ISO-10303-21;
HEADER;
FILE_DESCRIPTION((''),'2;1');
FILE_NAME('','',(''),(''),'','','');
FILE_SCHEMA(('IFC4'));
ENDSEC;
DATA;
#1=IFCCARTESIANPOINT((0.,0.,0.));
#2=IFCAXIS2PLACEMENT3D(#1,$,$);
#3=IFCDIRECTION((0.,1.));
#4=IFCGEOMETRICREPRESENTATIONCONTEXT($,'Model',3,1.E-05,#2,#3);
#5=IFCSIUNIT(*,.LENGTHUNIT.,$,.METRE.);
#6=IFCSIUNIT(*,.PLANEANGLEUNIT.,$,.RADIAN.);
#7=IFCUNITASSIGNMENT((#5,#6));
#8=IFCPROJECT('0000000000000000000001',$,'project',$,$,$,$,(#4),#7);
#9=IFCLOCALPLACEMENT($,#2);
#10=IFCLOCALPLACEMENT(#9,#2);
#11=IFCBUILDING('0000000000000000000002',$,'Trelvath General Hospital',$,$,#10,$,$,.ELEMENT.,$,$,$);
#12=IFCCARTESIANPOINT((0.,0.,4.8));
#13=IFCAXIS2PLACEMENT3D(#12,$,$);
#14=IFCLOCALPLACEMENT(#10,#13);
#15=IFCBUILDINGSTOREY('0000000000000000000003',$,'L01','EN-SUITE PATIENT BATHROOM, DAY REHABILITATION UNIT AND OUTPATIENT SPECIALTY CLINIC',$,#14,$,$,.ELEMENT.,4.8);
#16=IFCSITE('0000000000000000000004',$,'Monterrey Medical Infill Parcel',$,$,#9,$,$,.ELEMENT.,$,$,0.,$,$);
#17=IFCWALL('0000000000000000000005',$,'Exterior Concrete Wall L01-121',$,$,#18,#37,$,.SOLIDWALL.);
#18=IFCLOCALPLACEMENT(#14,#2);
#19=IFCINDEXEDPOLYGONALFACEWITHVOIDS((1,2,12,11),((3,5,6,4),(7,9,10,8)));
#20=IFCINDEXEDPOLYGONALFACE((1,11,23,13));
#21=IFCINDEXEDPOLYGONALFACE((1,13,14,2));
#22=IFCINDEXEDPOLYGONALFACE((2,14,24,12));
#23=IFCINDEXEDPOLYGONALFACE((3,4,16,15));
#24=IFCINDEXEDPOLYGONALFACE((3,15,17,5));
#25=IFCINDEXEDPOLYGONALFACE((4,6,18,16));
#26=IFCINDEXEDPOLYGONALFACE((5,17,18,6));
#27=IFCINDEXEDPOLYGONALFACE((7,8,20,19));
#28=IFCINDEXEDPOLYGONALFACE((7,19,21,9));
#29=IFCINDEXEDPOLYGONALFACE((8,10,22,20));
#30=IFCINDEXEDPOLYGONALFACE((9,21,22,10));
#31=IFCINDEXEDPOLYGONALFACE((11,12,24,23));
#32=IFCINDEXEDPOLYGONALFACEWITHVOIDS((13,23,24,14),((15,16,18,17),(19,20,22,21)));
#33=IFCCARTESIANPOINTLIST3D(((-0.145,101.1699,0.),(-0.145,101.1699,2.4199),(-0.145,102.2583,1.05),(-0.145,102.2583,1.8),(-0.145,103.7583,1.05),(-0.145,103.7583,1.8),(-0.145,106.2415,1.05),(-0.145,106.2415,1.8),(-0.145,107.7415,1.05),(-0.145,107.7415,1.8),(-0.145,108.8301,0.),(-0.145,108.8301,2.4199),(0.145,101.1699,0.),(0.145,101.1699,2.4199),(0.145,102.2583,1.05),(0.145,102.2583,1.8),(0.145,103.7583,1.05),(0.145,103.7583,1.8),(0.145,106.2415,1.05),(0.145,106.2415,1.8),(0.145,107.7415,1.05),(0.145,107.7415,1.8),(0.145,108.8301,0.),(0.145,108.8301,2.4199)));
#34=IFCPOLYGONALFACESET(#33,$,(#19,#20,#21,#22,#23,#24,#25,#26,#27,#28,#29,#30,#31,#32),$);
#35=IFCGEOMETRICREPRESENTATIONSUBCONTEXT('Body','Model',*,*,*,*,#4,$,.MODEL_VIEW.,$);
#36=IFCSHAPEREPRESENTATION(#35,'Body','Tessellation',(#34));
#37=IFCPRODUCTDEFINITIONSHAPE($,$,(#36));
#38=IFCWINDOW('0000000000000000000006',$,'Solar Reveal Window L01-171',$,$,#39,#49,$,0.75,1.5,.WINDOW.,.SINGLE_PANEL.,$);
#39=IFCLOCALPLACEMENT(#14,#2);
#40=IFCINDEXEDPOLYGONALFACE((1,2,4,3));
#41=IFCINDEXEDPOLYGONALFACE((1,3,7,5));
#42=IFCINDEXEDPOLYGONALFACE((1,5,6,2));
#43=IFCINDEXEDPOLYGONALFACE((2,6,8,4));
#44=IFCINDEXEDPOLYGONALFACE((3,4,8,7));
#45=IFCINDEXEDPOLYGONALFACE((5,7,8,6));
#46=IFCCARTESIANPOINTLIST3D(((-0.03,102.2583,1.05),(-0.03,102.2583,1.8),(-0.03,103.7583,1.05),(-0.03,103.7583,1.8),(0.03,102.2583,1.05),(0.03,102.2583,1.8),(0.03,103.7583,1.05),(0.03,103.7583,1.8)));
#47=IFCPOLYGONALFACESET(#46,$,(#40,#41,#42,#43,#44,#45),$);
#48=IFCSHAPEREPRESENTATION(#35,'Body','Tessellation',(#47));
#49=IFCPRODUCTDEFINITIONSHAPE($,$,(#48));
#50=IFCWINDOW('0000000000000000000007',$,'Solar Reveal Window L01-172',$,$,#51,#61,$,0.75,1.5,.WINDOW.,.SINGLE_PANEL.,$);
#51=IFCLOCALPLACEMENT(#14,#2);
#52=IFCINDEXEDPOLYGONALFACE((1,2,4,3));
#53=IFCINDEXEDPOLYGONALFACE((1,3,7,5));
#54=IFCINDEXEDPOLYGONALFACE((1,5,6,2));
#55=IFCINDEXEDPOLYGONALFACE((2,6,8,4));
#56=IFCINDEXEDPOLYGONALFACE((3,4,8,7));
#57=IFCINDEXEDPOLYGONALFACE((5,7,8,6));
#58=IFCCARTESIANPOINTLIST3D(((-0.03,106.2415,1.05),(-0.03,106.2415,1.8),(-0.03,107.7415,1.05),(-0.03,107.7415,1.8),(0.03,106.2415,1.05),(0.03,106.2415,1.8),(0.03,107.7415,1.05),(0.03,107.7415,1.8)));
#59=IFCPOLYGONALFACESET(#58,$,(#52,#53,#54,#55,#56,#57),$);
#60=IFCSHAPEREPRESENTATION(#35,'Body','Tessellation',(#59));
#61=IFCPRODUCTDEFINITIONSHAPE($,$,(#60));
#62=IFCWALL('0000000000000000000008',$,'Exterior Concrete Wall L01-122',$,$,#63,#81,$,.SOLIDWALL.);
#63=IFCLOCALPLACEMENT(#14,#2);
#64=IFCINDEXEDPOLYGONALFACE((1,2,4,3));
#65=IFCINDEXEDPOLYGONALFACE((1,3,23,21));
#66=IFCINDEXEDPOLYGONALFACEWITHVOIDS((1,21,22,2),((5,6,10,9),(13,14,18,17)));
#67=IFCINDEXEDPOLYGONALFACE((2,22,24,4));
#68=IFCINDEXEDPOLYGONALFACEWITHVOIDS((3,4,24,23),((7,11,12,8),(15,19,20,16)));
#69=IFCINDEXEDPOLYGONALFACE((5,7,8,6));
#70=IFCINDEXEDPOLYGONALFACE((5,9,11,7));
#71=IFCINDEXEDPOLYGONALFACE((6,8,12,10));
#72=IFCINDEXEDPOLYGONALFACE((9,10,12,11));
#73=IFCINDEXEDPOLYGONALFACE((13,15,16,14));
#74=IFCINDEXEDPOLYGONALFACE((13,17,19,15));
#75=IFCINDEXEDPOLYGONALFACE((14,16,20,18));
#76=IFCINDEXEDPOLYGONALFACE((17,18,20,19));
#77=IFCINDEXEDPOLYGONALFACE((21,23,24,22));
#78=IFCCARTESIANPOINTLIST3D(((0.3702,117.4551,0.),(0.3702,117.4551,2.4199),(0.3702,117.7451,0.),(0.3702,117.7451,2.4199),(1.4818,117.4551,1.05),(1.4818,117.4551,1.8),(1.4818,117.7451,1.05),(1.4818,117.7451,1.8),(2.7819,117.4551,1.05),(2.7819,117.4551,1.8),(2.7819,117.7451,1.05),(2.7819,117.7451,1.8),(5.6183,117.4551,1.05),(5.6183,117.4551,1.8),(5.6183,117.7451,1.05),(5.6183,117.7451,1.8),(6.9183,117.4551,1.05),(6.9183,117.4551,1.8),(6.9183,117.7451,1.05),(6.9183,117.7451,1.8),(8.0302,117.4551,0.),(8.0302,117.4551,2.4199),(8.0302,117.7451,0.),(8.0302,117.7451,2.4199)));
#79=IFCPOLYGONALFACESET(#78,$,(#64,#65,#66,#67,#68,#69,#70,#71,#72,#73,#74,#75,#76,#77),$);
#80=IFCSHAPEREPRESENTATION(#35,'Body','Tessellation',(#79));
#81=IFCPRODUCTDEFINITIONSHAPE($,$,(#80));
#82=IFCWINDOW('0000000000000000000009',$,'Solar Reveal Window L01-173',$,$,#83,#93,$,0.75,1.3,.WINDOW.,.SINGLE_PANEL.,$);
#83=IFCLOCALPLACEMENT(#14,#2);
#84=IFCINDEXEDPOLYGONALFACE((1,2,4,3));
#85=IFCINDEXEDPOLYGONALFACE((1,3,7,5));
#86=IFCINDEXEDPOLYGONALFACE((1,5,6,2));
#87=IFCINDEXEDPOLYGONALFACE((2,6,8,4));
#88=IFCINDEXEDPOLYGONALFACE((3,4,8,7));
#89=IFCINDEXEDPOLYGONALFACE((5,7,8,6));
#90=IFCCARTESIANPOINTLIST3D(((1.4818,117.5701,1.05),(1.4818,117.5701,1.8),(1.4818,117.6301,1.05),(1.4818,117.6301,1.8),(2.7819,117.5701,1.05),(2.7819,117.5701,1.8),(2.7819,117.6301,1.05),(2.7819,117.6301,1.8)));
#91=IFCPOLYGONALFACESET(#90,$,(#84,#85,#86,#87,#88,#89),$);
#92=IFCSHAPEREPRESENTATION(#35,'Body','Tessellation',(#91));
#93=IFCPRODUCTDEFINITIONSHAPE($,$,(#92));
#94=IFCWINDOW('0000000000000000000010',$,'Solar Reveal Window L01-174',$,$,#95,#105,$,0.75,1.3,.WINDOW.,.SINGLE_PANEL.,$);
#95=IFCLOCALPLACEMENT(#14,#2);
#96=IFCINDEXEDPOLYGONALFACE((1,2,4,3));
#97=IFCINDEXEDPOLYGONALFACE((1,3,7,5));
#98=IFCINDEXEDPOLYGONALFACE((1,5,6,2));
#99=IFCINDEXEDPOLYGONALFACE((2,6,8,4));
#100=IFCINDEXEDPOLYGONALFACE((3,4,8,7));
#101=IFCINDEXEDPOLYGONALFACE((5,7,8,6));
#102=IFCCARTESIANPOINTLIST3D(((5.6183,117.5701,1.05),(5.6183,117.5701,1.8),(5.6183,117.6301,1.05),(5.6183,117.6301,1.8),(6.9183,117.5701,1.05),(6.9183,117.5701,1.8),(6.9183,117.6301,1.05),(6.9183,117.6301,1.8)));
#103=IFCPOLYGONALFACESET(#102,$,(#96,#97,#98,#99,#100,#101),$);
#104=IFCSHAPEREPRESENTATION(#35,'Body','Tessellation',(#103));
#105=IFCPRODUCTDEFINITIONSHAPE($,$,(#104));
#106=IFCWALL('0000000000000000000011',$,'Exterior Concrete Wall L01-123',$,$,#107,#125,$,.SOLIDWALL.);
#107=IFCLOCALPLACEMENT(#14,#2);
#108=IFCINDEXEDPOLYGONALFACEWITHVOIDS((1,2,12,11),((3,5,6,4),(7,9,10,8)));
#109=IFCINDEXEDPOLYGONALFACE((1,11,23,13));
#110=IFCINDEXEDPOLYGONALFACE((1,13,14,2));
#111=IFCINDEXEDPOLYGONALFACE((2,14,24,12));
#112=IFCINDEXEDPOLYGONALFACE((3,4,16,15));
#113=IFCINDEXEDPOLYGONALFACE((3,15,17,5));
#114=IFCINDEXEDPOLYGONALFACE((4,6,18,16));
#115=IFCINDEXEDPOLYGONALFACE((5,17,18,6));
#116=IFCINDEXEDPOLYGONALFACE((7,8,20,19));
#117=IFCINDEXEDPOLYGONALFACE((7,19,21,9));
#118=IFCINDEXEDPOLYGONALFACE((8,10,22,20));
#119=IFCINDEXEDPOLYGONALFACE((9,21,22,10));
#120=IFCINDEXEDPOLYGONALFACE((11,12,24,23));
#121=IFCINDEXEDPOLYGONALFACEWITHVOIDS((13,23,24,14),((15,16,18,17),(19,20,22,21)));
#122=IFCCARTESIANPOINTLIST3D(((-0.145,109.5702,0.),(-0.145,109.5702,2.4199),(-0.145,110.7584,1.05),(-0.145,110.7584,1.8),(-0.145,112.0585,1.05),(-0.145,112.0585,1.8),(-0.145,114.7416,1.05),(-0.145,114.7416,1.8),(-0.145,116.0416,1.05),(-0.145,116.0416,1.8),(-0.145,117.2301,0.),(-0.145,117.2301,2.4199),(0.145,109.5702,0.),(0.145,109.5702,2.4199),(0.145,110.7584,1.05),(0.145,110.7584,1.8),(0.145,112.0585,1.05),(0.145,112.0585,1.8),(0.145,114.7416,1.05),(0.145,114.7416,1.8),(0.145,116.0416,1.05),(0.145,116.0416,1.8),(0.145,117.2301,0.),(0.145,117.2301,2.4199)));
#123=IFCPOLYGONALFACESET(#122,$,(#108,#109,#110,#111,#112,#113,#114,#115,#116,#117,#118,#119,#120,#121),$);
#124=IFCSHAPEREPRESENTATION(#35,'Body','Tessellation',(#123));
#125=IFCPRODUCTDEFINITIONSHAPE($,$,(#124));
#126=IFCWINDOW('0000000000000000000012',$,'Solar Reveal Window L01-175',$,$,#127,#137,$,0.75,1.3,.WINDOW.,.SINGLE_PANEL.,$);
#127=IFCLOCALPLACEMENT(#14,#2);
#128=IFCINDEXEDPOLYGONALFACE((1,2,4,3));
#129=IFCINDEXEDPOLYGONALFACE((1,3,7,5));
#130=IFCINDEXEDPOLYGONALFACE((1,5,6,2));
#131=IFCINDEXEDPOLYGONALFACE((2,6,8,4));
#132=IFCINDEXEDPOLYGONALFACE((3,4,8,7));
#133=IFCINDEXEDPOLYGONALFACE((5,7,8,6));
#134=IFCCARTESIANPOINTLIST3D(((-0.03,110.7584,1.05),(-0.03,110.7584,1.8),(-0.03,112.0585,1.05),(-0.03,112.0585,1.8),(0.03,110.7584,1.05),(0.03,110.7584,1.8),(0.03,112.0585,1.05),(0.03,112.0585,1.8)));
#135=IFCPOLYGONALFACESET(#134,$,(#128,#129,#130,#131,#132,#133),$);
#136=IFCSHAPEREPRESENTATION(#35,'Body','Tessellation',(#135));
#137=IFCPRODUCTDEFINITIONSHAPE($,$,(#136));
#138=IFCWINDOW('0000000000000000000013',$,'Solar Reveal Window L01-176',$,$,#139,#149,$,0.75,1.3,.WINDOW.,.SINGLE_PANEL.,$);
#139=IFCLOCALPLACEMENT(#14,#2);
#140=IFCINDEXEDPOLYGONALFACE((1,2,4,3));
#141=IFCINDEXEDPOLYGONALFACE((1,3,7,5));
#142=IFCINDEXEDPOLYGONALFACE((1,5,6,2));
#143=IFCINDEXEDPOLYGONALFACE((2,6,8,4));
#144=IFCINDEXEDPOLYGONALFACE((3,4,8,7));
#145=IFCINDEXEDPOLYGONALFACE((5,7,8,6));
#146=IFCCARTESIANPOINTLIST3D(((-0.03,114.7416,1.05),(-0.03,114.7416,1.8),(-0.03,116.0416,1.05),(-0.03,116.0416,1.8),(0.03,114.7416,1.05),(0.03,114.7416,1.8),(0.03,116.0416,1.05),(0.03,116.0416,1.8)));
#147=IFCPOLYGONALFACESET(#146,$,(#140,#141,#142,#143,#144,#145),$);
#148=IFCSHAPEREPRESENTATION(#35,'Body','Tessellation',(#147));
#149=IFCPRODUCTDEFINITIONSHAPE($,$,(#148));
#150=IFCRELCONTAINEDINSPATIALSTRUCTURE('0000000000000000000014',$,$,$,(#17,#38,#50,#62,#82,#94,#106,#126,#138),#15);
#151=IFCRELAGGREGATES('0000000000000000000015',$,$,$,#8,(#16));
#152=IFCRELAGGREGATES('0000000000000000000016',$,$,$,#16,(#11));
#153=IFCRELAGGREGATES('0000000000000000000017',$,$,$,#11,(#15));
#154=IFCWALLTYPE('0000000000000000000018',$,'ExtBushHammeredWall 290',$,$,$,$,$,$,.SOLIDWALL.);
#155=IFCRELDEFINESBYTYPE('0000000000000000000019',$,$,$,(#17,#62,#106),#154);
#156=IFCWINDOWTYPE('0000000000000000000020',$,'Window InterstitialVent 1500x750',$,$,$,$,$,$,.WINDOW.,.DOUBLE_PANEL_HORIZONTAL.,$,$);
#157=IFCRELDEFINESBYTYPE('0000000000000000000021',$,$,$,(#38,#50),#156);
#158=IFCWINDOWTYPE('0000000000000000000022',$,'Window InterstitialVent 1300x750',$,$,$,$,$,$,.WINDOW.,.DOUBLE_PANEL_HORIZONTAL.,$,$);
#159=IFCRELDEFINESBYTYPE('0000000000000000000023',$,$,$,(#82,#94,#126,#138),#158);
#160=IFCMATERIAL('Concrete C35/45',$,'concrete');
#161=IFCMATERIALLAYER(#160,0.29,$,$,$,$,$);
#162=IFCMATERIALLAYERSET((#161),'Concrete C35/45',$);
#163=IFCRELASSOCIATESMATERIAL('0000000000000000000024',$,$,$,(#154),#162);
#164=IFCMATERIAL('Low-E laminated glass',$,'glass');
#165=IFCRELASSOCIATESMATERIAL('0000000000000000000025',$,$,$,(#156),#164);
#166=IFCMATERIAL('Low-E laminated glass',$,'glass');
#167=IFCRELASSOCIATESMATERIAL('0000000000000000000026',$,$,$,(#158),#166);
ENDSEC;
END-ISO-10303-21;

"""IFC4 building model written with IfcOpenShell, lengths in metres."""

from ifc_helpers import new_model, si_unit, direction, frame, frame_2d, origin, place, context, subcontext, project, spatial, rectangle, extrude, material, layer, layer_set, type_object, element, fill, save


model = new_model("IFC4")

# Units and contexts
model_context = context("Model", 3, precision=1e-05, world=origin(), true_north=direction((0.0, 1.0)))
body_context = subcontext(model_context, "Body", "Model", "MODEL_VIEW")
ifc_project = project(units=[si_unit("LENGTHUNIT", "METRE"), si_unit("PLANEANGLEUNIT", "RADIAN")], contexts=[model_context])

# Site, building, storey
site_placement = place(None, origin())
site = spatial("IfcSite", under=ifc_project, at=site_placement, Name="Monterrey Medical Infill Parcel", CompositionType="ELEMENT", RefElevation=0.0)
building_placement = place(site_placement, origin())
building = spatial("IfcBuilding", under=site, at=building_placement, Name="Trelvath General Hospital", CompositionType="ELEMENT")
storey_placement = place(building_placement, frame((0.0, 0.0, 4.8)))
storey = spatial("IfcBuildingStorey", under=building, at=storey_placement, Name="L01", Description="EN-SUITE PATIENT BATHROOM, DAY REHABILITATION UNIT AND OUTPATIENT SPECIALTY CLINIC", CompositionType="ELEMENT", Elevation=4.8)

# Walls, openings, windows
ifc_material_1 = material(Name="Concrete C35/45", Category="concrete")
ifc_layer_1 = layer(ifc_material_1, 0.29)
ifc_layer_set_1 = layer_set([ifc_layer_1], Name="Concrete C35/45")
wall_type_1 = type_object("IfcWallType", Name="ExtBushHammeredWall 290", PredefinedType="SOLIDWALL", material=ifc_layer_set_1)
wall_1_placement = place(storey_placement, frame((0.0, 101.1699, 0.0), z_axis=(0.0, 0.0, 1.0), x_axis=(0.0, 1.0, 0.0)))
wall_1 = element("IfcWall", 1, at=wall_1_placement, inside=storey, type_object=wall_type_1, Name="Exterior Concrete Wall L01-121", PredefinedType="SOLIDWALL", context=body_context, shape_type="SweptSolid", body=[
    extrude(rectangle(XDim=7.6602, YDim=0.29, at=frame_2d((3.8301, 0.0))), origin(), (0.0, 0.0, 1.0), 2.4199),
])
opening_1_placement = place(wall_1_placement, frame((1.0884, 0.0, 1.05)))
opening_1 = element("IfcOpeningElement", 2, at=opening_1_placement, cuts=wall_1, PredefinedType="OPENING", context=body_context, shape_type="SweptSolid", body=[
    extrude(rectangle(XDim=1.5, YDim=0.75, at=frame_2d((0.75, 0.375))), frame((0.0, 0.155, 0.0), z_axis=(0.0, -1.0, 0.0), x_axis=(1.0, 0.0, 0.0)), (0.0, 0.0, 1.0), 0.3101),
])
opening_2_placement = place(wall_1_placement, frame((5.0715, 0.0, 1.05)))
opening_2 = element("IfcOpeningElement", 3, at=opening_2_placement, cuts=wall_1, PredefinedType="OPENING", context=body_context, shape_type="SweptSolid", body=[
    extrude(rectangle(XDim=1.5, YDim=0.75, at=frame_2d((0.75, 0.375))), frame((0.0, 0.155, 0.0), z_axis=(0.0, -1.0, 0.0), x_axis=(1.0, 0.0, 0.0)), (0.0, 0.0, 1.0), 0.3101),
])
ifc_material_2 = material(Name="Low-E laminated glass", Category="glass")
window_type_1 = type_object("IfcWindowType", Name="Window InterstitialVent 1500x750", PartitioningType="DOUBLE_PANEL_HORIZONTAL", PredefinedType="WINDOW", material=ifc_material_2)
window_1_placement = place(opening_1_placement, origin())
window_1 = element("IfcWindow", 4, at=window_1_placement, inside=storey, type_object=window_type_1, Name="Solar Reveal Window L01-171", OverallHeight=0.75, OverallWidth=1.5, PartitioningType="SINGLE_PANEL", PredefinedType="WINDOW", context=body_context, shape_type="SweptSolid", body=[
    extrude(rectangle(XDim=1.5, YDim=0.75, at=frame_2d((0.75, 0.375))), frame((0.0, 0.03, 0.0), z_axis=(0.0, -1.0, 0.0), x_axis=(1.0, 0.0, 0.0)), (0.0, 0.0, 1.0), 0.0601),
])
fill(opening_1, window_1)
window_2_placement = place(opening_2_placement, origin())
window_2 = element("IfcWindow", 5, at=window_2_placement, inside=storey, type_object=window_type_1, Name="Solar Reveal Window L01-172", OverallHeight=0.75, OverallWidth=1.5, PartitioningType="SINGLE_PANEL", PredefinedType="WINDOW", context=body_context, shape_type="SweptSolid", body=[
    extrude(rectangle(XDim=1.5, YDim=0.75, at=frame_2d((0.75, 0.375))), frame((0.0, 0.03, 0.0), z_axis=(0.0, -1.0, 0.0), x_axis=(1.0, 0.0, 0.0)), (0.0, 0.0, 1.0), 0.0601),
])
fill(opening_2, window_2)
wall_2_placement = place(storey_placement, frame((0.3701, 117.6001, 0.0), z_axis=(0.0, 0.0, 1.0), x_axis=(1.0, 0.0, 0.0)))
wall_2 = element("IfcWall", 6, at=wall_2_placement, inside=storey, type_object=wall_type_1, Name="Exterior Concrete Wall L01-122", PredefinedType="SOLIDWALL", context=body_context, shape_type="SweptSolid", body=[
    extrude(rectangle(XDim=7.6599, YDim=0.29, at=frame_2d((3.8301, 0.0))), origin(), (0.0, 0.0, 1.0), 2.4199),
])
opening_3_placement = place(wall_2_placement, frame((1.1118, 0.0, 1.05)))
opening_3 = element("IfcOpeningElement", 7, at=opening_3_placement, cuts=wall_2, PredefinedType="OPENING", context=body_context, shape_type="SweptSolid", body=[
    extrude(rectangle(XDim=1.3, YDim=0.75, at=frame_2d((0.6499, 0.375))), frame((0.0, 0.155, 0.0), z_axis=(0.0, -1.0, 0.0), x_axis=(1.0, 0.0, 0.0)), (0.0, 0.0, 1.0), 0.3101),
])
opening_4_placement = place(wall_2_placement, frame((5.2483, 0.0, 1.05)))
opening_4 = element("IfcOpeningElement", 8, at=opening_4_placement, cuts=wall_2, PredefinedType="OPENING", context=body_context, shape_type="SweptSolid", body=[
    extrude(rectangle(XDim=1.3, YDim=0.75, at=frame_2d((0.6499, 0.375))), frame((0.0, 0.155, 0.0), z_axis=(0.0, -1.0, 0.0), x_axis=(1.0, 0.0, 0.0)), (0.0, 0.0, 1.0), 0.3101),
])
ifc_material_3 = material(Name="Low-E laminated glass", Category="glass")
window_type_2 = type_object("IfcWindowType", Name="Window InterstitialVent 1300x750", PartitioningType="DOUBLE_PANEL_HORIZONTAL", PredefinedType="WINDOW", material=ifc_material_3)
window_3_placement = place(opening_3_placement, origin())
window_3 = element("IfcWindow", 9, at=window_3_placement, inside=storey, type_object=window_type_2, Name="Solar Reveal Window L01-173", OverallHeight=0.75, OverallWidth=1.3, PartitioningType="SINGLE_PANEL", PredefinedType="WINDOW", context=body_context, shape_type="SweptSolid", body=[
    extrude(rectangle(XDim=1.3, YDim=0.75, at=frame_2d((0.6499, 0.375))), frame((0.0, 0.03, 0.0), z_axis=(0.0, -1.0, 0.0), x_axis=(1.0, 0.0, 0.0)), (0.0, 0.0, 1.0), 0.0601),
])
fill(opening_3, window_3)
window_4_placement = place(opening_4_placement, origin())
window_4 = element("IfcWindow", 10, at=window_4_placement, inside=storey, type_object=window_type_2, Name="Solar Reveal Window L01-174", OverallHeight=0.75, OverallWidth=1.3, PartitioningType="SINGLE_PANEL", PredefinedType="WINDOW", context=body_context, shape_type="SweptSolid", body=[
    extrude(rectangle(XDim=1.3, YDim=0.75, at=frame_2d((0.6499, 0.375))), frame((0.0, 0.03, 0.0), z_axis=(0.0, -1.0, 0.0), x_axis=(1.0, 0.0, 0.0)), (0.0, 0.0, 1.0), 0.0601),
])
fill(opening_4, window_4)
wall_3_placement = place(storey_placement, frame((0.0, 109.5701, 0.0), z_axis=(0.0, 0.0, 1.0), x_axis=(0.0, 1.0, 0.0)))
wall_3 = element("IfcWall", 11, at=wall_3_placement, inside=storey, type_object=wall_type_1, Name="Exterior Concrete Wall L01-123", PredefinedType="SOLIDWALL", context=body_context, shape_type="SweptSolid", body=[
    extrude(rectangle(XDim=7.6599, YDim=0.29, at=frame_2d((3.8301, 0.0))), origin(), (0.0, 0.0, 1.0), 2.4199),
])
opening_5_placement = place(wall_3_placement, frame((1.1885, 0.0, 1.05)))
opening_5 = element("IfcOpeningElement", 12, at=opening_5_placement, cuts=wall_3, PredefinedType="OPENING", context=body_context, shape_type="SweptSolid", body=[
    extrude(rectangle(XDim=1.3, YDim=0.75, at=frame_2d((0.6499, 0.375))), frame((0.0, 0.155, 0.0), z_axis=(0.0, -1.0, 0.0), x_axis=(1.0, 0.0, 0.0)), (0.0, 0.0, 1.0), 0.3101),
])
opening_6_placement = place(wall_3_placement, frame((5.1716, 0.0, 1.05)))
opening_6 = element("IfcOpeningElement", 13, at=opening_6_placement, cuts=wall_3, PredefinedType="OPENING", context=body_context, shape_type="SweptSolid", body=[
    extrude(rectangle(XDim=1.3, YDim=0.75, at=frame_2d((0.6499, 0.375))), frame((0.0, 0.155, 0.0), z_axis=(0.0, -1.0, 0.0), x_axis=(1.0, 0.0, 0.0)), (0.0, 0.0, 1.0), 0.3101),
])
window_5_placement = place(opening_5_placement, origin())
window_5 = element("IfcWindow", 14, at=window_5_placement, inside=storey, type_object=window_type_2, Name="Solar Reveal Window L01-175", OverallHeight=0.75, OverallWidth=1.3, PartitioningType="SINGLE_PANEL", PredefinedType="WINDOW", context=body_context, shape_type="SweptSolid", body=[
    extrude(rectangle(XDim=1.3, YDim=0.75, at=frame_2d((0.6499, 0.375))), frame((0.0, 0.03, 0.0), z_axis=(0.0, -1.0, 0.0), x_axis=(1.0, 0.0, 0.0)), (0.0, 0.0, 1.0), 0.0601),
])
fill(opening_5, window_5)
window_6_placement = place(opening_6_placement, origin())
window_6 = element("IfcWindow", 15, at=window_6_placement, inside=storey, type_object=window_type_2, Name="Solar Reveal Window L01-176", OverallHeight=0.75, OverallWidth=1.3, PartitioningType="SINGLE_PANEL", PredefinedType="WINDOW", context=body_context, shape_type="SweptSolid", body=[
    extrude(rectangle(XDim=1.3, YDim=0.75, at=frame_2d((0.6499, 0.375))), frame((0.0, 0.03, 0.0), z_axis=(0.0, -1.0, 0.0), x_axis=(1.0, 0.0, 0.0)), (0.0, 0.0, 1.0), 0.0601),
])
fill(opening_6, window_6)

save(model, "model.ifc")
